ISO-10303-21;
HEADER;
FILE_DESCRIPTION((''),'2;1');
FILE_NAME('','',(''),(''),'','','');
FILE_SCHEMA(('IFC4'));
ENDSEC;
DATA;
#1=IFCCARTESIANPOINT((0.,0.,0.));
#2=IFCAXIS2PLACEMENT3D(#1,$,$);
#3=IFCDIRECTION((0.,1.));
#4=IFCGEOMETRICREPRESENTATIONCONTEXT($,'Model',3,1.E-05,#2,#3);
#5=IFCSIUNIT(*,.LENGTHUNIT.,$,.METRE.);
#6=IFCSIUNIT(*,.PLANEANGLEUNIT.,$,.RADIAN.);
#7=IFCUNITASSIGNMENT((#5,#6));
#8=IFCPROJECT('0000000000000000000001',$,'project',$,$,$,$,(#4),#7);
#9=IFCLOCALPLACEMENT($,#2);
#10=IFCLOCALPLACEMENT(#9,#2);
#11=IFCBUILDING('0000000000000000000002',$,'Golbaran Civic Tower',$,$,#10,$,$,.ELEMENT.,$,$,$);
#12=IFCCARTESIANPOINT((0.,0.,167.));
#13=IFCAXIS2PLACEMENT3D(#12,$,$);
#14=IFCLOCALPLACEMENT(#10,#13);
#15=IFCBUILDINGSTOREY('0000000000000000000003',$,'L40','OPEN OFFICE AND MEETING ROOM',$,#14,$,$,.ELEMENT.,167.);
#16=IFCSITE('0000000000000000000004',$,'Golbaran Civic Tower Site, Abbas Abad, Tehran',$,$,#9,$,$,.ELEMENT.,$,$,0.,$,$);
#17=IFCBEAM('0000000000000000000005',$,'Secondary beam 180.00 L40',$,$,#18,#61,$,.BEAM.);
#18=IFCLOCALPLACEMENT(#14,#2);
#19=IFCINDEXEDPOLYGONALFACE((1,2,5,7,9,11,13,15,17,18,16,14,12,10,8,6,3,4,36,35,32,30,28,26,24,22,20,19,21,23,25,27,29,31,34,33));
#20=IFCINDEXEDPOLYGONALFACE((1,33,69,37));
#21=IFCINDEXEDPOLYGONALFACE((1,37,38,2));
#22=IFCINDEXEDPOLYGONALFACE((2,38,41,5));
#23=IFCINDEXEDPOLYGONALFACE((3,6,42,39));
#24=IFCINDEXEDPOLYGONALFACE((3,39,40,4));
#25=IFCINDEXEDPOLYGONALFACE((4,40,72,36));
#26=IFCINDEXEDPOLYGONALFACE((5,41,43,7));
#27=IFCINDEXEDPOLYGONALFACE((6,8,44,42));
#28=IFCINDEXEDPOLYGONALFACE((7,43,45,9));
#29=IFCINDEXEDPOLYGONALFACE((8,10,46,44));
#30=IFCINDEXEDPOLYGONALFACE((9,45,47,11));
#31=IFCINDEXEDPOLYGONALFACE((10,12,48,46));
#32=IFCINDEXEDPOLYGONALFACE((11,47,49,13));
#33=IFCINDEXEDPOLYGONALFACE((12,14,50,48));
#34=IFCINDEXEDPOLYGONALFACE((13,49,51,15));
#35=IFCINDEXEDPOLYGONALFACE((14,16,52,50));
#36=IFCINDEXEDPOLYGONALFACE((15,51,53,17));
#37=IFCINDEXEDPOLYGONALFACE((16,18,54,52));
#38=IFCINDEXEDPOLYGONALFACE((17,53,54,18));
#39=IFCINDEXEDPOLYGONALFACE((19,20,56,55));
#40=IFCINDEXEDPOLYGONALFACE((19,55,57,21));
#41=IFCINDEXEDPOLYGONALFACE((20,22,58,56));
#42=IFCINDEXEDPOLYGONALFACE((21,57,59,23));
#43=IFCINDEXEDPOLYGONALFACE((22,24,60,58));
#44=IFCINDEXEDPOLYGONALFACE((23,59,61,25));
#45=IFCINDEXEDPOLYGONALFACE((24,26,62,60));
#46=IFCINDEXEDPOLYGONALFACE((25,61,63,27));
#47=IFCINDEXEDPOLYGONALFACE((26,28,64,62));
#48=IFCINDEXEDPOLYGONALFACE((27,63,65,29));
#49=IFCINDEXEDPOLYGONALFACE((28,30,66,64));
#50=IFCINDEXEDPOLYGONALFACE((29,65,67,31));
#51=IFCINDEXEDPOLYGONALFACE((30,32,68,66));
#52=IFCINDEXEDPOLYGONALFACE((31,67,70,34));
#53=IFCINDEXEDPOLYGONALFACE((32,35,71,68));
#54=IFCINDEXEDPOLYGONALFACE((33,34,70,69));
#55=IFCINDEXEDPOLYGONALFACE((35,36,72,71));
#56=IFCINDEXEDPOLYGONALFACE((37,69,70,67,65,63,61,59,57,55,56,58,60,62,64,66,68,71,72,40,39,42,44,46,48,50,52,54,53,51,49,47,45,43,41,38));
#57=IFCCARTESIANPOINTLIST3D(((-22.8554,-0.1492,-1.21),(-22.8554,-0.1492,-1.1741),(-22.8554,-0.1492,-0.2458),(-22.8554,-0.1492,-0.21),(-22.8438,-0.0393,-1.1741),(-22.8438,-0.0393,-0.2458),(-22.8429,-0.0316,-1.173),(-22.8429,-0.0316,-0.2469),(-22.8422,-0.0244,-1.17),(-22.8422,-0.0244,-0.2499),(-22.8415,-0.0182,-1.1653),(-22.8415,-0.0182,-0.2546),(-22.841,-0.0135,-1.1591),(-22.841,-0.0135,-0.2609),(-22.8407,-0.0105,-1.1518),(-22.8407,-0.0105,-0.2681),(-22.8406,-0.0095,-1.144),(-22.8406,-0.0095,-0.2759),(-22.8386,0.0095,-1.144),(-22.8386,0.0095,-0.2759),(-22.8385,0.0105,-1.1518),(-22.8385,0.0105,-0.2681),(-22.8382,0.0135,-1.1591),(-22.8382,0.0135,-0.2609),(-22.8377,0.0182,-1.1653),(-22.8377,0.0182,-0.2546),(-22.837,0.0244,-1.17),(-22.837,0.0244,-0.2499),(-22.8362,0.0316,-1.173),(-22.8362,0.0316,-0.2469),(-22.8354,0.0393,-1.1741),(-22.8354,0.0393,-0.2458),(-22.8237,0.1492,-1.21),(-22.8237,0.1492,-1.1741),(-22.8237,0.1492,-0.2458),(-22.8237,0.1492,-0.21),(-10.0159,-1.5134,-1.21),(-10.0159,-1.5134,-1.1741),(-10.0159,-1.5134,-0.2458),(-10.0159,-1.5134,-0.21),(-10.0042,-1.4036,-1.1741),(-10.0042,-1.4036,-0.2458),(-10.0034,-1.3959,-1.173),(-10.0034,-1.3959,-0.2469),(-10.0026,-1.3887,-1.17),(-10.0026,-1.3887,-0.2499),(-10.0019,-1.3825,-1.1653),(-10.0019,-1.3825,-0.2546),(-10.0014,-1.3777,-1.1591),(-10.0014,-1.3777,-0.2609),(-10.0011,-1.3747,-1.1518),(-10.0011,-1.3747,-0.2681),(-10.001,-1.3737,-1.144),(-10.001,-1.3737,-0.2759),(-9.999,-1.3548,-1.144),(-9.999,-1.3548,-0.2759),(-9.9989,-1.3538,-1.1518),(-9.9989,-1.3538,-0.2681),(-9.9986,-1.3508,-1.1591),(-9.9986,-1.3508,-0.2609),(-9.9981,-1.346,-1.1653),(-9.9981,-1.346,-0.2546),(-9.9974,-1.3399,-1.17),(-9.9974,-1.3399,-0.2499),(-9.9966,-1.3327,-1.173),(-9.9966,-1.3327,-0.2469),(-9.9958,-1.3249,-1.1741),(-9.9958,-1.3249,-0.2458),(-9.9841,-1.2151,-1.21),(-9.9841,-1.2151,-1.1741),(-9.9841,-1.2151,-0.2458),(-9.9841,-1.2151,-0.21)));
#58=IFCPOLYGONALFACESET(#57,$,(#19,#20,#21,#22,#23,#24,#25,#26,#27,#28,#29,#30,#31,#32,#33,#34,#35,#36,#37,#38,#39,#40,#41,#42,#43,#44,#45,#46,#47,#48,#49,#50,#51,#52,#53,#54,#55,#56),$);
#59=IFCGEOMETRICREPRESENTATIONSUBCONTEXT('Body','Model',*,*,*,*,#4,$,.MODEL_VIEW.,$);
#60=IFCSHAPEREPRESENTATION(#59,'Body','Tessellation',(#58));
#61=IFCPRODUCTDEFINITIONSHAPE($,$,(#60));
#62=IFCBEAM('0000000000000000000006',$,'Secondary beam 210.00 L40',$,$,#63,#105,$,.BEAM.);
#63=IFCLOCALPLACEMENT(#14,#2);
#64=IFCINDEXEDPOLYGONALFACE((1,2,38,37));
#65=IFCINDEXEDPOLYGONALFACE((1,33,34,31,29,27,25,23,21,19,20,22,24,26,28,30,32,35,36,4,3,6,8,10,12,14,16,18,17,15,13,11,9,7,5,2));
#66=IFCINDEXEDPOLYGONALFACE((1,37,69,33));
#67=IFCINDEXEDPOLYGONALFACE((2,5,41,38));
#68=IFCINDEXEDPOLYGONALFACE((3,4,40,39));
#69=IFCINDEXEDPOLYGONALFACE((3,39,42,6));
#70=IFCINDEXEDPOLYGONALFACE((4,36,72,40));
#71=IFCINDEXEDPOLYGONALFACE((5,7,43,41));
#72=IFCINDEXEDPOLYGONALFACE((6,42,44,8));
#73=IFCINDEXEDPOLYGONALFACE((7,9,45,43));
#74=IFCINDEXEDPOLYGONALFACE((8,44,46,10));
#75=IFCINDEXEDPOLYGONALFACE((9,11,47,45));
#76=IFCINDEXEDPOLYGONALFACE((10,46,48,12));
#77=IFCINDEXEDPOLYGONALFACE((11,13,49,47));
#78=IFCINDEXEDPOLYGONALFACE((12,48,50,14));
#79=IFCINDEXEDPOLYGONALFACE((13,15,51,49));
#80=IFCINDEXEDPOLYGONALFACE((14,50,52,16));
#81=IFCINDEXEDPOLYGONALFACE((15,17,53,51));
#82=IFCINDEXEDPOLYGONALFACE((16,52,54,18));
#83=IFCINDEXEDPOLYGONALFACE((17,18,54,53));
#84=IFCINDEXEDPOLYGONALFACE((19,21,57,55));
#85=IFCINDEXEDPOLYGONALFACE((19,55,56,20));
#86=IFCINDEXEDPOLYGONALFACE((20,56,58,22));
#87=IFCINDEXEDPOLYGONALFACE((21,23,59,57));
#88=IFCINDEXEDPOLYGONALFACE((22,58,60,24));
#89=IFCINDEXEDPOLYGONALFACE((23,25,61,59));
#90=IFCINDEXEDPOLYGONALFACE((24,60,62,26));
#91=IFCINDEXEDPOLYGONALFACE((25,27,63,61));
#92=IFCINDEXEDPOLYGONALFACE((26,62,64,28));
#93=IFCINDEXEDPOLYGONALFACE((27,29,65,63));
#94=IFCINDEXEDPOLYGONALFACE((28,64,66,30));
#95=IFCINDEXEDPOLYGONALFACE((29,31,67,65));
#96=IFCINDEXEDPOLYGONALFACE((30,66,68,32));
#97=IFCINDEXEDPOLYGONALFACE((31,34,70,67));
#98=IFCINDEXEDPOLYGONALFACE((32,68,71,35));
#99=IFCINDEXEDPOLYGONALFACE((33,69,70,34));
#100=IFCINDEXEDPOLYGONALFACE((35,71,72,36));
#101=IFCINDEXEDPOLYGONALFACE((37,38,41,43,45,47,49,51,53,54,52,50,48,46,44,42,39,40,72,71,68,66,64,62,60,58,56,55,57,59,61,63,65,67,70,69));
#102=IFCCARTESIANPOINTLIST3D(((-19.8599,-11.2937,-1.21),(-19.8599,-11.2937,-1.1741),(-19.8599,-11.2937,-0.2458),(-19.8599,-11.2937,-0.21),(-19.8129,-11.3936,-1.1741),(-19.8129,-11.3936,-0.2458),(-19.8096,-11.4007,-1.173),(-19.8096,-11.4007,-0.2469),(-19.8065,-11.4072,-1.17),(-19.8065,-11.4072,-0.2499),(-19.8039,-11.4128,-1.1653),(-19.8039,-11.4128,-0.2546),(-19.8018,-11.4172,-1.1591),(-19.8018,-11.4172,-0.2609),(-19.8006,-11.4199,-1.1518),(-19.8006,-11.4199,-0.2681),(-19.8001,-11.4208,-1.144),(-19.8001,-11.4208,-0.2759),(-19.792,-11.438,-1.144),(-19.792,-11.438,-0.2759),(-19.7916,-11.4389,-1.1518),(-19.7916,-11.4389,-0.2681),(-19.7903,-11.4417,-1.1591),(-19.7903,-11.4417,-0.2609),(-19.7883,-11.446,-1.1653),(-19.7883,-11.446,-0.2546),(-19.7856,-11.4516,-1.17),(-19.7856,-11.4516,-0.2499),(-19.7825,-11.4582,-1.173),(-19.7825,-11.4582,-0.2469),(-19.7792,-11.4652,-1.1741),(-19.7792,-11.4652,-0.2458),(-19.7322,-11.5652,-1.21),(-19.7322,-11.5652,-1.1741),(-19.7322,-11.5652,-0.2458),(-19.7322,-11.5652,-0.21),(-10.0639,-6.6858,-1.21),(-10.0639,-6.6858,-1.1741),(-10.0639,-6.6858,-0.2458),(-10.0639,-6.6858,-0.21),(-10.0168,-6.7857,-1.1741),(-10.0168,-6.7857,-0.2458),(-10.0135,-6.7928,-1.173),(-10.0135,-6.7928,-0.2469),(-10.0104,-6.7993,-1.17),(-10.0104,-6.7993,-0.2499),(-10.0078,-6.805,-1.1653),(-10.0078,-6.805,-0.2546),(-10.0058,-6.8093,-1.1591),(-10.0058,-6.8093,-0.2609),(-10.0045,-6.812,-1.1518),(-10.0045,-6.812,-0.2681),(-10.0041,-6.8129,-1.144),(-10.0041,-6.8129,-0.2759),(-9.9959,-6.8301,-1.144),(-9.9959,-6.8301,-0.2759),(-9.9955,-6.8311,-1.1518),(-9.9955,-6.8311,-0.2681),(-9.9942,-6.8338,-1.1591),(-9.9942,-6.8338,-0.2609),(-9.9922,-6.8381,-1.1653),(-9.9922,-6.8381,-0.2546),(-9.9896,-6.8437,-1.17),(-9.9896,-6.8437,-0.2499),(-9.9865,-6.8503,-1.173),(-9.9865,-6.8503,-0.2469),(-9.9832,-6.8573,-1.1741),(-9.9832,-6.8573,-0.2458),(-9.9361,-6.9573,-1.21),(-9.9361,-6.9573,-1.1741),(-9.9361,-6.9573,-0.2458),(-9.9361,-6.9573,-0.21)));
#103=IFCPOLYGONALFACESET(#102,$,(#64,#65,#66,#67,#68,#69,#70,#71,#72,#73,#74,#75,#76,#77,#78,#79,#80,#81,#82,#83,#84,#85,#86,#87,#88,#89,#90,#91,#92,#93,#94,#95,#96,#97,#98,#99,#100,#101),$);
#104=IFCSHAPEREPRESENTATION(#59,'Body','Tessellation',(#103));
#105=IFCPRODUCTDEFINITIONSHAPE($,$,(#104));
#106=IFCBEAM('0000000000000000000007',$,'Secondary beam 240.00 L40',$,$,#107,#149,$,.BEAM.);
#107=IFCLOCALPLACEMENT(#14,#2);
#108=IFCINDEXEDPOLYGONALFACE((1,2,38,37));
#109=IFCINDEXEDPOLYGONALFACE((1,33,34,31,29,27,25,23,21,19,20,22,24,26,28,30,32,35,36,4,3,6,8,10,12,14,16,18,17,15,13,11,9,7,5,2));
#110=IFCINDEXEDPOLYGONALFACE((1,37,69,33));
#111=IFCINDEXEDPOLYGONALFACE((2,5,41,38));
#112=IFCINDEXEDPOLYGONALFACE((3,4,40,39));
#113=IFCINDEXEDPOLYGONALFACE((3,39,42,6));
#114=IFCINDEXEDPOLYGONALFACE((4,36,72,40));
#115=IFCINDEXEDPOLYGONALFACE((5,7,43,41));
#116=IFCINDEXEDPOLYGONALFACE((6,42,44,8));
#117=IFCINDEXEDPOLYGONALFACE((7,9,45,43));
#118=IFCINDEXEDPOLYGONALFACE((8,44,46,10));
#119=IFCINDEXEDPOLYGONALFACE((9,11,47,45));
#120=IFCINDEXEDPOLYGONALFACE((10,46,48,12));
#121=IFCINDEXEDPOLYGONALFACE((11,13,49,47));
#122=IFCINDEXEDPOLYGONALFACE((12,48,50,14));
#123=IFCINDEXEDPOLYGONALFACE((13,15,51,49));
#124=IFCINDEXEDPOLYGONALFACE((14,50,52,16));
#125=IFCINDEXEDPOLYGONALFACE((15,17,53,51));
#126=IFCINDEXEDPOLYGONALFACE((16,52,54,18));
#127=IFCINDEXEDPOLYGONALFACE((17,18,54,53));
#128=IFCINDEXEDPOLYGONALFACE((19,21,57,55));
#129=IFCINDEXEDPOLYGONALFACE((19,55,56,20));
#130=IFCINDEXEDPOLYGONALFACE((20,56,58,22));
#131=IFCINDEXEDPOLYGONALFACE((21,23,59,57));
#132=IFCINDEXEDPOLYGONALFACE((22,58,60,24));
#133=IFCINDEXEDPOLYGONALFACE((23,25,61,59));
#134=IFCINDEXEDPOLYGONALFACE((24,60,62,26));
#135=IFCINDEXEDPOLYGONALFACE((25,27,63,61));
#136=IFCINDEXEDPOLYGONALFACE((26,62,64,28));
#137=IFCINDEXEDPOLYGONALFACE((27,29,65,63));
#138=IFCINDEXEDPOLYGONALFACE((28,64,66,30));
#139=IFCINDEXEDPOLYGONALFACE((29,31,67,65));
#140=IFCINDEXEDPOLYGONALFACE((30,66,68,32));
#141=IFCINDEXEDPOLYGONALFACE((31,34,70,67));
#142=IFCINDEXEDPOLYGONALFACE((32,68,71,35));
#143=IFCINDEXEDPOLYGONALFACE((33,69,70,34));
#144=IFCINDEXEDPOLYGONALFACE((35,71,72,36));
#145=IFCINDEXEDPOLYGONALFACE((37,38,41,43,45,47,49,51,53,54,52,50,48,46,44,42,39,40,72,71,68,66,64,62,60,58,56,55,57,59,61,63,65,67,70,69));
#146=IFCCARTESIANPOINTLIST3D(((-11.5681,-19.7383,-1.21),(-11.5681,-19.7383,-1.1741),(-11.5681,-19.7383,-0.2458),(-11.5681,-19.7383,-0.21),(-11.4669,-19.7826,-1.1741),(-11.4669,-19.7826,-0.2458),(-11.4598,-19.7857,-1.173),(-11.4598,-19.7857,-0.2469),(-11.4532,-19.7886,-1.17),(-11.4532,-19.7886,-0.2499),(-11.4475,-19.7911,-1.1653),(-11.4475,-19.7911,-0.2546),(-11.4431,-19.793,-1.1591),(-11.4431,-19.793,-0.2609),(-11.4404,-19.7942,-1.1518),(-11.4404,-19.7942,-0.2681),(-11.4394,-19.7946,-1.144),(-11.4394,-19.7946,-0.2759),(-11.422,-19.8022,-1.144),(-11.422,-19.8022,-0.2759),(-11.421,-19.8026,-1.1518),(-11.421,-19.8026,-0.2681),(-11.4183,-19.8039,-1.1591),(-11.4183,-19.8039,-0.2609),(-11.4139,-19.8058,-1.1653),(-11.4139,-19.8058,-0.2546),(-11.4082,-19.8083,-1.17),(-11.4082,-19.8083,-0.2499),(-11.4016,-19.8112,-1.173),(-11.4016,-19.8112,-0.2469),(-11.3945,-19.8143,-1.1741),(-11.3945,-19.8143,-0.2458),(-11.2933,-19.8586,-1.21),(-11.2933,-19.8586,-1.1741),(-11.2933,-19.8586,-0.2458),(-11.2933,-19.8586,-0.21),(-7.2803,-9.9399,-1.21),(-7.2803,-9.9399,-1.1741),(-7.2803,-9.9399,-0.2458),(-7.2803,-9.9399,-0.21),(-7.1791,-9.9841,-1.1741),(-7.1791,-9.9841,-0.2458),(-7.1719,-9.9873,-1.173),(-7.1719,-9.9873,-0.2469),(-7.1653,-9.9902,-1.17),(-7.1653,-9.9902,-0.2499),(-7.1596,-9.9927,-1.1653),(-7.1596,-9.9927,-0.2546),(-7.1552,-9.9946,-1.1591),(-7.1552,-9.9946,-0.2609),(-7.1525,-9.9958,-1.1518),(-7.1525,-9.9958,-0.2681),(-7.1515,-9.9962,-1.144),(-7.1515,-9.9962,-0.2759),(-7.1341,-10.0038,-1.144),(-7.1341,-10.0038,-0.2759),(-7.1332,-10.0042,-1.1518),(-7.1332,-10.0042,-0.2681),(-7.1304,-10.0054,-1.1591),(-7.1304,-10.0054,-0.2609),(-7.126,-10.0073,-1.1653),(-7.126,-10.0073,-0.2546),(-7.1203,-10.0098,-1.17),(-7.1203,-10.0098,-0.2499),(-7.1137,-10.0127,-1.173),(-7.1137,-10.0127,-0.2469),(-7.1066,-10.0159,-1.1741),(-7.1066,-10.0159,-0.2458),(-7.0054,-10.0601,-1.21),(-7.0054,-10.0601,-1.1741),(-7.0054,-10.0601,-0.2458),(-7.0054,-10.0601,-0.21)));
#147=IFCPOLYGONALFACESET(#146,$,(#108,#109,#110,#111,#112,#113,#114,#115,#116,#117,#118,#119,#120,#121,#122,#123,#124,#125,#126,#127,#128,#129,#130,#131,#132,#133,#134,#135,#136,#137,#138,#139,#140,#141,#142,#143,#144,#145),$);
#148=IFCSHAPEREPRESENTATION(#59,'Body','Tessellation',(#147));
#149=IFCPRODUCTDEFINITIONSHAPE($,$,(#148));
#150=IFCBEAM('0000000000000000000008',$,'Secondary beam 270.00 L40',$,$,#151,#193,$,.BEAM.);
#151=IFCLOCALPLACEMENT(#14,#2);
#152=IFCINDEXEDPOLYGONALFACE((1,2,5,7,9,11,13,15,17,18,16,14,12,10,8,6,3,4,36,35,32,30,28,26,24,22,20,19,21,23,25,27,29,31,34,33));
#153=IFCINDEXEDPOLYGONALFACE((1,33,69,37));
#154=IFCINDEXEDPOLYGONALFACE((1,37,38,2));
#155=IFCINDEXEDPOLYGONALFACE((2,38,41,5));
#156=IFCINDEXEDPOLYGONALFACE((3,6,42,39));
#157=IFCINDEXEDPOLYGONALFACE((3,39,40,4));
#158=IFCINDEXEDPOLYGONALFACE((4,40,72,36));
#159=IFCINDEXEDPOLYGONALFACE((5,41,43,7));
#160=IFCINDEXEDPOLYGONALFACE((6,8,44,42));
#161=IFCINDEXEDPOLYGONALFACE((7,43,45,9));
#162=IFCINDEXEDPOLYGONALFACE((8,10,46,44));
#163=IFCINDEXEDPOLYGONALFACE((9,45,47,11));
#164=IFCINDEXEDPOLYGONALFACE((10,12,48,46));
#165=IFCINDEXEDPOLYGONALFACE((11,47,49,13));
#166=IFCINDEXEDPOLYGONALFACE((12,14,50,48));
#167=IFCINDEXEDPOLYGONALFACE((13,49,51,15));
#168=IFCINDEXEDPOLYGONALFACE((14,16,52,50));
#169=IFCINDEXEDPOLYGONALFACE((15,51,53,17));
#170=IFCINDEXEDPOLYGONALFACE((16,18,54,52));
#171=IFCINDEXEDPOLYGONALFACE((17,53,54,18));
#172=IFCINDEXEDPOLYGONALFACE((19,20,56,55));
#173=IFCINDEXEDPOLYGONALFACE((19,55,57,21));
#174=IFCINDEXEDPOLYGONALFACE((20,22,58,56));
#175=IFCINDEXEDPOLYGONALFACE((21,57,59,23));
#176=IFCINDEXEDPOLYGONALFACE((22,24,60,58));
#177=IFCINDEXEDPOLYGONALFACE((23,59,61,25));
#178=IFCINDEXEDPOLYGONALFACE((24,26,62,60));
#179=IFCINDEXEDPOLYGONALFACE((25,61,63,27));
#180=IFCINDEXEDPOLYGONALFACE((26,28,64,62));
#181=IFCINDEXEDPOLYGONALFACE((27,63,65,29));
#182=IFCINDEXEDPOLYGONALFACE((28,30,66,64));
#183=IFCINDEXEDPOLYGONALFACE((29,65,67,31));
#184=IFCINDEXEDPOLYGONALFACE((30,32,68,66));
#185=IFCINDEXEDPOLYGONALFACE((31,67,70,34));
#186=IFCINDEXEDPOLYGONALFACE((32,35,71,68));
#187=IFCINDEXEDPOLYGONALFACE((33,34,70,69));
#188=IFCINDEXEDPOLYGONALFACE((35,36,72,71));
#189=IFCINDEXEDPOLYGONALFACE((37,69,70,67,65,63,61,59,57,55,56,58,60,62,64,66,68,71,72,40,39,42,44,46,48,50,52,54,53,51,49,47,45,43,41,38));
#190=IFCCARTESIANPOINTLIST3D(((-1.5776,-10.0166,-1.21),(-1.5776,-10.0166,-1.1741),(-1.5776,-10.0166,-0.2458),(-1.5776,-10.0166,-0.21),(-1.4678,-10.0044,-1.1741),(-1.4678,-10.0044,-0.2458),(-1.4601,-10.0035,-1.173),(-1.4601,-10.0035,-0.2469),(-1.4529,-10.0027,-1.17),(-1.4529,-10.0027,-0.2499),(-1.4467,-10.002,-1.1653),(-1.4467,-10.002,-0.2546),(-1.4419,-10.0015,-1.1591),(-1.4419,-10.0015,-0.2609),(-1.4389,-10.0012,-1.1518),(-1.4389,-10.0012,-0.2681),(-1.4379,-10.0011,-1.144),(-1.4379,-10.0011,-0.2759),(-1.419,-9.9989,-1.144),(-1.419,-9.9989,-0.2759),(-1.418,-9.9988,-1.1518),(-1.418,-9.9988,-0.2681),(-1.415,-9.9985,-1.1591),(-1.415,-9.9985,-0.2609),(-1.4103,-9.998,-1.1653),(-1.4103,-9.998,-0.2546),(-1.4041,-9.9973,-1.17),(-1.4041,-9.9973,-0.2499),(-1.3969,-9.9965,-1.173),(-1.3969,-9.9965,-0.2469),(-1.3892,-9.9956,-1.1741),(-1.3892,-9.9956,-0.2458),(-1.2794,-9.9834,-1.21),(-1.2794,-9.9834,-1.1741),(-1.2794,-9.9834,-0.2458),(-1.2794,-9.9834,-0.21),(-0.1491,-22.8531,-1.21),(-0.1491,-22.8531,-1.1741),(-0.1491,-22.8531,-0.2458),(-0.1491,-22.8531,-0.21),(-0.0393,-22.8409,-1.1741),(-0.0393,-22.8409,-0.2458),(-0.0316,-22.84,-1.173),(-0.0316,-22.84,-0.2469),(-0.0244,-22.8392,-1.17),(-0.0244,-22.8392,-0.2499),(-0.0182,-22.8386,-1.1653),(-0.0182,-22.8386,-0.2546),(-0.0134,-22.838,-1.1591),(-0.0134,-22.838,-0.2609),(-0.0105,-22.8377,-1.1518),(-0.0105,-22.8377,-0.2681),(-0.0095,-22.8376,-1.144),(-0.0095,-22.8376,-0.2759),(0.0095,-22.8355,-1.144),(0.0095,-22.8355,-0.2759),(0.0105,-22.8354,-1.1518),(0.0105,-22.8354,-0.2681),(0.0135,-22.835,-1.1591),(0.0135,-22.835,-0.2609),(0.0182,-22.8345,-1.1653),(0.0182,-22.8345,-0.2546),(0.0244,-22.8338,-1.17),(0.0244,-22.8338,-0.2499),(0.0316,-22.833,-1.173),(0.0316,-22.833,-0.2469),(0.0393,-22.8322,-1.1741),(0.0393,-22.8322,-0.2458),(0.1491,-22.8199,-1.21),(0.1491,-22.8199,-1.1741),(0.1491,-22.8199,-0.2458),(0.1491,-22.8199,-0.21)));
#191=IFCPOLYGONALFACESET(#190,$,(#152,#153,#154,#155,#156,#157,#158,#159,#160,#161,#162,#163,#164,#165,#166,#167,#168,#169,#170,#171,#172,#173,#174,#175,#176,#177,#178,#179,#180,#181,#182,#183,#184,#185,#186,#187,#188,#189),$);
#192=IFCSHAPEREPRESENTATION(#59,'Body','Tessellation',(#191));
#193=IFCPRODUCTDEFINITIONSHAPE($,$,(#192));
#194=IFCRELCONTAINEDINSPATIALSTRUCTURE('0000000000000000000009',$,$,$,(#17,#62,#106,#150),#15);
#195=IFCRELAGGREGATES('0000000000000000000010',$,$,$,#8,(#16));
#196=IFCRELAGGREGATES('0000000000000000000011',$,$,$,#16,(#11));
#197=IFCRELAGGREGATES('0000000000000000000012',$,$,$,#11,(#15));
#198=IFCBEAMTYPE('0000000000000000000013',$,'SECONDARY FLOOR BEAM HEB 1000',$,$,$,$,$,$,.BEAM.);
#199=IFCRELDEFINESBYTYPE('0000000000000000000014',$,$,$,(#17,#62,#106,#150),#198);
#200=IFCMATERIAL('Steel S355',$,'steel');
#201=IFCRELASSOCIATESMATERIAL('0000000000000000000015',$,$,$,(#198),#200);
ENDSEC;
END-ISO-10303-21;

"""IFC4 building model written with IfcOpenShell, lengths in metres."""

from ifc_helpers import new_model, si_unit, direction, frame, origin, origin_2d, place, context, subcontext, project, spatial, i_section, extrude, material, material_profile, profile_set, type_object, element, save


model = new_model("IFC4")

# Units and contexts
model_context = context("Model", 3, precision=1e-05, world=origin(), true_north=direction((0.0, 1.0)))
body_context = subcontext(model_context, "Body", "Model", "MODEL_VIEW")
ifc_project = project(units=[si_unit("LENGTHUNIT", "METRE"), si_unit("PLANEANGLEUNIT", "RADIAN")], contexts=[model_context])

# Site, building, storey
site_placement = place(None, origin())
site = spatial("IfcSite", under=ifc_project, at=site_placement, Name="Golbaran Civic Tower Site, Abbas Abad, Tehran", CompositionType="ELEMENT", RefElevation=0.0)
building_placement = place(site_placement, origin())
building = spatial("IfcBuilding", under=site, at=building_placement, Name="Golbaran Civic Tower", CompositionType="ELEMENT")
storey_placement = place(building_placement, frame((0.0, 0.0, 167.0)))
storey = spatial("IfcBuildingStorey", under=building, at=storey_placement, Name="L40", Description="OPEN OFFICE AND MEETING ROOM", CompositionType="ELEMENT", Elevation=167.0)

# Beams
ifc_material_1 = material(Name="Steel S355", Category="steel")
ifc_material_profile_1 = material_profile(ifc_material_1, i_section(OverallWidth=0.3, OverallDepth=1.0, WebThickness=0.019, FlangeThickness=0.0359, FilletRadius=0.03, at=origin_2d()), Name="HEB 1000")
ifc_profile_set_1 = profile_set([ifc_material_profile_1], Name="Steel S355")
beam_type_1 = type_object("IfcBeamType", Name="SECONDARY FLOOR BEAM HEB 1000", PredefinedType="BEAM", material=ifc_profile_set_1)
beam_1_placement = place(storey_placement, frame((-10.0, -1.3643, -0.71), z_axis=(-0.994402, 0.105659, 0.0), x_axis=(-0.105659, -0.994402, 0.0)))
element("IfcBeam", 1, at=beam_1_placement, inside=storey, type_object=beam_type_1, Name="Secondary beam 180.00 L40", PredefinedType="BEAM", context=body_context, shape_type="SweptSolid", body=[
    extrude(i_section(OverallWidth=0.3, OverallDepth=1.0, WebThickness=0.019, FlangeThickness=0.0359, FilletRadius=0.03, at=origin_2d()), origin(), (0.0, 0.0, 1.0), 12.9119),
])
beam_2_placement = place(storey_placement, frame((-10.0, -6.8215, -0.71), z_axis=(-0.904891, -0.425643, 0.0), x_axis=(0.425643, -0.904891, 0.0)))
element("IfcBeam", 2, at=beam_2_placement, inside=storey, type_object=beam_type_1, Name="Secondary beam 210.00 L40", PredefinedType="BEAM", context=body_context, shape_type="SweptSolid", body=[
    extrude(i_section(OverallWidth=0.3, OverallDepth=1.0, WebThickness=0.019, FlangeThickness=0.0359, FilletRadius=0.03, at=origin_2d()), origin(), (0.0, 0.0, 1.0), 10.8257),
])
beam_3_placement = place(storey_placement, frame((-7.1428, -10.0, -0.71), z_axis=(-0.400903, -0.916121, 0.0), x_axis=(0.916121, -0.400903, 0.0)))
element("IfcBeam", 3, at=beam_3_placement, inside=storey, type_object=beam_type_1, Name="Secondary beam 240.00 L40", PredefinedType="BEAM", context=body_context, shape_type="SweptSolid", body=[
    extrude(i_section(OverallWidth=0.3, OverallDepth=1.0, WebThickness=0.019, FlangeThickness=0.0359, FilletRadius=0.03, at=origin_2d()), origin(), (0.0, 0.0, 1.0), 10.6956),
])
beam_4_placement = place(storey_placement, frame((-1.4285, -10.0, -0.71), z_axis=(0.1106, -0.993865, 0.0), x_axis=(0.993865, 0.1106, 0.0)))
element("IfcBeam", 4, at=beam_4_placement, inside=storey, type_object=beam_type_1, Name="Secondary beam 270.00 L40", PredefinedType="BEAM", context=body_context, shape_type="SweptSolid", body=[
    extrude(i_section(OverallWidth=0.3, OverallDepth=1.0, WebThickness=0.019, FlangeThickness=0.0359, FilletRadius=0.03, at=origin_2d()), origin(), (0.0, 0.0, 1.0), 12.9158),
])

save(model, "model.ifc")
